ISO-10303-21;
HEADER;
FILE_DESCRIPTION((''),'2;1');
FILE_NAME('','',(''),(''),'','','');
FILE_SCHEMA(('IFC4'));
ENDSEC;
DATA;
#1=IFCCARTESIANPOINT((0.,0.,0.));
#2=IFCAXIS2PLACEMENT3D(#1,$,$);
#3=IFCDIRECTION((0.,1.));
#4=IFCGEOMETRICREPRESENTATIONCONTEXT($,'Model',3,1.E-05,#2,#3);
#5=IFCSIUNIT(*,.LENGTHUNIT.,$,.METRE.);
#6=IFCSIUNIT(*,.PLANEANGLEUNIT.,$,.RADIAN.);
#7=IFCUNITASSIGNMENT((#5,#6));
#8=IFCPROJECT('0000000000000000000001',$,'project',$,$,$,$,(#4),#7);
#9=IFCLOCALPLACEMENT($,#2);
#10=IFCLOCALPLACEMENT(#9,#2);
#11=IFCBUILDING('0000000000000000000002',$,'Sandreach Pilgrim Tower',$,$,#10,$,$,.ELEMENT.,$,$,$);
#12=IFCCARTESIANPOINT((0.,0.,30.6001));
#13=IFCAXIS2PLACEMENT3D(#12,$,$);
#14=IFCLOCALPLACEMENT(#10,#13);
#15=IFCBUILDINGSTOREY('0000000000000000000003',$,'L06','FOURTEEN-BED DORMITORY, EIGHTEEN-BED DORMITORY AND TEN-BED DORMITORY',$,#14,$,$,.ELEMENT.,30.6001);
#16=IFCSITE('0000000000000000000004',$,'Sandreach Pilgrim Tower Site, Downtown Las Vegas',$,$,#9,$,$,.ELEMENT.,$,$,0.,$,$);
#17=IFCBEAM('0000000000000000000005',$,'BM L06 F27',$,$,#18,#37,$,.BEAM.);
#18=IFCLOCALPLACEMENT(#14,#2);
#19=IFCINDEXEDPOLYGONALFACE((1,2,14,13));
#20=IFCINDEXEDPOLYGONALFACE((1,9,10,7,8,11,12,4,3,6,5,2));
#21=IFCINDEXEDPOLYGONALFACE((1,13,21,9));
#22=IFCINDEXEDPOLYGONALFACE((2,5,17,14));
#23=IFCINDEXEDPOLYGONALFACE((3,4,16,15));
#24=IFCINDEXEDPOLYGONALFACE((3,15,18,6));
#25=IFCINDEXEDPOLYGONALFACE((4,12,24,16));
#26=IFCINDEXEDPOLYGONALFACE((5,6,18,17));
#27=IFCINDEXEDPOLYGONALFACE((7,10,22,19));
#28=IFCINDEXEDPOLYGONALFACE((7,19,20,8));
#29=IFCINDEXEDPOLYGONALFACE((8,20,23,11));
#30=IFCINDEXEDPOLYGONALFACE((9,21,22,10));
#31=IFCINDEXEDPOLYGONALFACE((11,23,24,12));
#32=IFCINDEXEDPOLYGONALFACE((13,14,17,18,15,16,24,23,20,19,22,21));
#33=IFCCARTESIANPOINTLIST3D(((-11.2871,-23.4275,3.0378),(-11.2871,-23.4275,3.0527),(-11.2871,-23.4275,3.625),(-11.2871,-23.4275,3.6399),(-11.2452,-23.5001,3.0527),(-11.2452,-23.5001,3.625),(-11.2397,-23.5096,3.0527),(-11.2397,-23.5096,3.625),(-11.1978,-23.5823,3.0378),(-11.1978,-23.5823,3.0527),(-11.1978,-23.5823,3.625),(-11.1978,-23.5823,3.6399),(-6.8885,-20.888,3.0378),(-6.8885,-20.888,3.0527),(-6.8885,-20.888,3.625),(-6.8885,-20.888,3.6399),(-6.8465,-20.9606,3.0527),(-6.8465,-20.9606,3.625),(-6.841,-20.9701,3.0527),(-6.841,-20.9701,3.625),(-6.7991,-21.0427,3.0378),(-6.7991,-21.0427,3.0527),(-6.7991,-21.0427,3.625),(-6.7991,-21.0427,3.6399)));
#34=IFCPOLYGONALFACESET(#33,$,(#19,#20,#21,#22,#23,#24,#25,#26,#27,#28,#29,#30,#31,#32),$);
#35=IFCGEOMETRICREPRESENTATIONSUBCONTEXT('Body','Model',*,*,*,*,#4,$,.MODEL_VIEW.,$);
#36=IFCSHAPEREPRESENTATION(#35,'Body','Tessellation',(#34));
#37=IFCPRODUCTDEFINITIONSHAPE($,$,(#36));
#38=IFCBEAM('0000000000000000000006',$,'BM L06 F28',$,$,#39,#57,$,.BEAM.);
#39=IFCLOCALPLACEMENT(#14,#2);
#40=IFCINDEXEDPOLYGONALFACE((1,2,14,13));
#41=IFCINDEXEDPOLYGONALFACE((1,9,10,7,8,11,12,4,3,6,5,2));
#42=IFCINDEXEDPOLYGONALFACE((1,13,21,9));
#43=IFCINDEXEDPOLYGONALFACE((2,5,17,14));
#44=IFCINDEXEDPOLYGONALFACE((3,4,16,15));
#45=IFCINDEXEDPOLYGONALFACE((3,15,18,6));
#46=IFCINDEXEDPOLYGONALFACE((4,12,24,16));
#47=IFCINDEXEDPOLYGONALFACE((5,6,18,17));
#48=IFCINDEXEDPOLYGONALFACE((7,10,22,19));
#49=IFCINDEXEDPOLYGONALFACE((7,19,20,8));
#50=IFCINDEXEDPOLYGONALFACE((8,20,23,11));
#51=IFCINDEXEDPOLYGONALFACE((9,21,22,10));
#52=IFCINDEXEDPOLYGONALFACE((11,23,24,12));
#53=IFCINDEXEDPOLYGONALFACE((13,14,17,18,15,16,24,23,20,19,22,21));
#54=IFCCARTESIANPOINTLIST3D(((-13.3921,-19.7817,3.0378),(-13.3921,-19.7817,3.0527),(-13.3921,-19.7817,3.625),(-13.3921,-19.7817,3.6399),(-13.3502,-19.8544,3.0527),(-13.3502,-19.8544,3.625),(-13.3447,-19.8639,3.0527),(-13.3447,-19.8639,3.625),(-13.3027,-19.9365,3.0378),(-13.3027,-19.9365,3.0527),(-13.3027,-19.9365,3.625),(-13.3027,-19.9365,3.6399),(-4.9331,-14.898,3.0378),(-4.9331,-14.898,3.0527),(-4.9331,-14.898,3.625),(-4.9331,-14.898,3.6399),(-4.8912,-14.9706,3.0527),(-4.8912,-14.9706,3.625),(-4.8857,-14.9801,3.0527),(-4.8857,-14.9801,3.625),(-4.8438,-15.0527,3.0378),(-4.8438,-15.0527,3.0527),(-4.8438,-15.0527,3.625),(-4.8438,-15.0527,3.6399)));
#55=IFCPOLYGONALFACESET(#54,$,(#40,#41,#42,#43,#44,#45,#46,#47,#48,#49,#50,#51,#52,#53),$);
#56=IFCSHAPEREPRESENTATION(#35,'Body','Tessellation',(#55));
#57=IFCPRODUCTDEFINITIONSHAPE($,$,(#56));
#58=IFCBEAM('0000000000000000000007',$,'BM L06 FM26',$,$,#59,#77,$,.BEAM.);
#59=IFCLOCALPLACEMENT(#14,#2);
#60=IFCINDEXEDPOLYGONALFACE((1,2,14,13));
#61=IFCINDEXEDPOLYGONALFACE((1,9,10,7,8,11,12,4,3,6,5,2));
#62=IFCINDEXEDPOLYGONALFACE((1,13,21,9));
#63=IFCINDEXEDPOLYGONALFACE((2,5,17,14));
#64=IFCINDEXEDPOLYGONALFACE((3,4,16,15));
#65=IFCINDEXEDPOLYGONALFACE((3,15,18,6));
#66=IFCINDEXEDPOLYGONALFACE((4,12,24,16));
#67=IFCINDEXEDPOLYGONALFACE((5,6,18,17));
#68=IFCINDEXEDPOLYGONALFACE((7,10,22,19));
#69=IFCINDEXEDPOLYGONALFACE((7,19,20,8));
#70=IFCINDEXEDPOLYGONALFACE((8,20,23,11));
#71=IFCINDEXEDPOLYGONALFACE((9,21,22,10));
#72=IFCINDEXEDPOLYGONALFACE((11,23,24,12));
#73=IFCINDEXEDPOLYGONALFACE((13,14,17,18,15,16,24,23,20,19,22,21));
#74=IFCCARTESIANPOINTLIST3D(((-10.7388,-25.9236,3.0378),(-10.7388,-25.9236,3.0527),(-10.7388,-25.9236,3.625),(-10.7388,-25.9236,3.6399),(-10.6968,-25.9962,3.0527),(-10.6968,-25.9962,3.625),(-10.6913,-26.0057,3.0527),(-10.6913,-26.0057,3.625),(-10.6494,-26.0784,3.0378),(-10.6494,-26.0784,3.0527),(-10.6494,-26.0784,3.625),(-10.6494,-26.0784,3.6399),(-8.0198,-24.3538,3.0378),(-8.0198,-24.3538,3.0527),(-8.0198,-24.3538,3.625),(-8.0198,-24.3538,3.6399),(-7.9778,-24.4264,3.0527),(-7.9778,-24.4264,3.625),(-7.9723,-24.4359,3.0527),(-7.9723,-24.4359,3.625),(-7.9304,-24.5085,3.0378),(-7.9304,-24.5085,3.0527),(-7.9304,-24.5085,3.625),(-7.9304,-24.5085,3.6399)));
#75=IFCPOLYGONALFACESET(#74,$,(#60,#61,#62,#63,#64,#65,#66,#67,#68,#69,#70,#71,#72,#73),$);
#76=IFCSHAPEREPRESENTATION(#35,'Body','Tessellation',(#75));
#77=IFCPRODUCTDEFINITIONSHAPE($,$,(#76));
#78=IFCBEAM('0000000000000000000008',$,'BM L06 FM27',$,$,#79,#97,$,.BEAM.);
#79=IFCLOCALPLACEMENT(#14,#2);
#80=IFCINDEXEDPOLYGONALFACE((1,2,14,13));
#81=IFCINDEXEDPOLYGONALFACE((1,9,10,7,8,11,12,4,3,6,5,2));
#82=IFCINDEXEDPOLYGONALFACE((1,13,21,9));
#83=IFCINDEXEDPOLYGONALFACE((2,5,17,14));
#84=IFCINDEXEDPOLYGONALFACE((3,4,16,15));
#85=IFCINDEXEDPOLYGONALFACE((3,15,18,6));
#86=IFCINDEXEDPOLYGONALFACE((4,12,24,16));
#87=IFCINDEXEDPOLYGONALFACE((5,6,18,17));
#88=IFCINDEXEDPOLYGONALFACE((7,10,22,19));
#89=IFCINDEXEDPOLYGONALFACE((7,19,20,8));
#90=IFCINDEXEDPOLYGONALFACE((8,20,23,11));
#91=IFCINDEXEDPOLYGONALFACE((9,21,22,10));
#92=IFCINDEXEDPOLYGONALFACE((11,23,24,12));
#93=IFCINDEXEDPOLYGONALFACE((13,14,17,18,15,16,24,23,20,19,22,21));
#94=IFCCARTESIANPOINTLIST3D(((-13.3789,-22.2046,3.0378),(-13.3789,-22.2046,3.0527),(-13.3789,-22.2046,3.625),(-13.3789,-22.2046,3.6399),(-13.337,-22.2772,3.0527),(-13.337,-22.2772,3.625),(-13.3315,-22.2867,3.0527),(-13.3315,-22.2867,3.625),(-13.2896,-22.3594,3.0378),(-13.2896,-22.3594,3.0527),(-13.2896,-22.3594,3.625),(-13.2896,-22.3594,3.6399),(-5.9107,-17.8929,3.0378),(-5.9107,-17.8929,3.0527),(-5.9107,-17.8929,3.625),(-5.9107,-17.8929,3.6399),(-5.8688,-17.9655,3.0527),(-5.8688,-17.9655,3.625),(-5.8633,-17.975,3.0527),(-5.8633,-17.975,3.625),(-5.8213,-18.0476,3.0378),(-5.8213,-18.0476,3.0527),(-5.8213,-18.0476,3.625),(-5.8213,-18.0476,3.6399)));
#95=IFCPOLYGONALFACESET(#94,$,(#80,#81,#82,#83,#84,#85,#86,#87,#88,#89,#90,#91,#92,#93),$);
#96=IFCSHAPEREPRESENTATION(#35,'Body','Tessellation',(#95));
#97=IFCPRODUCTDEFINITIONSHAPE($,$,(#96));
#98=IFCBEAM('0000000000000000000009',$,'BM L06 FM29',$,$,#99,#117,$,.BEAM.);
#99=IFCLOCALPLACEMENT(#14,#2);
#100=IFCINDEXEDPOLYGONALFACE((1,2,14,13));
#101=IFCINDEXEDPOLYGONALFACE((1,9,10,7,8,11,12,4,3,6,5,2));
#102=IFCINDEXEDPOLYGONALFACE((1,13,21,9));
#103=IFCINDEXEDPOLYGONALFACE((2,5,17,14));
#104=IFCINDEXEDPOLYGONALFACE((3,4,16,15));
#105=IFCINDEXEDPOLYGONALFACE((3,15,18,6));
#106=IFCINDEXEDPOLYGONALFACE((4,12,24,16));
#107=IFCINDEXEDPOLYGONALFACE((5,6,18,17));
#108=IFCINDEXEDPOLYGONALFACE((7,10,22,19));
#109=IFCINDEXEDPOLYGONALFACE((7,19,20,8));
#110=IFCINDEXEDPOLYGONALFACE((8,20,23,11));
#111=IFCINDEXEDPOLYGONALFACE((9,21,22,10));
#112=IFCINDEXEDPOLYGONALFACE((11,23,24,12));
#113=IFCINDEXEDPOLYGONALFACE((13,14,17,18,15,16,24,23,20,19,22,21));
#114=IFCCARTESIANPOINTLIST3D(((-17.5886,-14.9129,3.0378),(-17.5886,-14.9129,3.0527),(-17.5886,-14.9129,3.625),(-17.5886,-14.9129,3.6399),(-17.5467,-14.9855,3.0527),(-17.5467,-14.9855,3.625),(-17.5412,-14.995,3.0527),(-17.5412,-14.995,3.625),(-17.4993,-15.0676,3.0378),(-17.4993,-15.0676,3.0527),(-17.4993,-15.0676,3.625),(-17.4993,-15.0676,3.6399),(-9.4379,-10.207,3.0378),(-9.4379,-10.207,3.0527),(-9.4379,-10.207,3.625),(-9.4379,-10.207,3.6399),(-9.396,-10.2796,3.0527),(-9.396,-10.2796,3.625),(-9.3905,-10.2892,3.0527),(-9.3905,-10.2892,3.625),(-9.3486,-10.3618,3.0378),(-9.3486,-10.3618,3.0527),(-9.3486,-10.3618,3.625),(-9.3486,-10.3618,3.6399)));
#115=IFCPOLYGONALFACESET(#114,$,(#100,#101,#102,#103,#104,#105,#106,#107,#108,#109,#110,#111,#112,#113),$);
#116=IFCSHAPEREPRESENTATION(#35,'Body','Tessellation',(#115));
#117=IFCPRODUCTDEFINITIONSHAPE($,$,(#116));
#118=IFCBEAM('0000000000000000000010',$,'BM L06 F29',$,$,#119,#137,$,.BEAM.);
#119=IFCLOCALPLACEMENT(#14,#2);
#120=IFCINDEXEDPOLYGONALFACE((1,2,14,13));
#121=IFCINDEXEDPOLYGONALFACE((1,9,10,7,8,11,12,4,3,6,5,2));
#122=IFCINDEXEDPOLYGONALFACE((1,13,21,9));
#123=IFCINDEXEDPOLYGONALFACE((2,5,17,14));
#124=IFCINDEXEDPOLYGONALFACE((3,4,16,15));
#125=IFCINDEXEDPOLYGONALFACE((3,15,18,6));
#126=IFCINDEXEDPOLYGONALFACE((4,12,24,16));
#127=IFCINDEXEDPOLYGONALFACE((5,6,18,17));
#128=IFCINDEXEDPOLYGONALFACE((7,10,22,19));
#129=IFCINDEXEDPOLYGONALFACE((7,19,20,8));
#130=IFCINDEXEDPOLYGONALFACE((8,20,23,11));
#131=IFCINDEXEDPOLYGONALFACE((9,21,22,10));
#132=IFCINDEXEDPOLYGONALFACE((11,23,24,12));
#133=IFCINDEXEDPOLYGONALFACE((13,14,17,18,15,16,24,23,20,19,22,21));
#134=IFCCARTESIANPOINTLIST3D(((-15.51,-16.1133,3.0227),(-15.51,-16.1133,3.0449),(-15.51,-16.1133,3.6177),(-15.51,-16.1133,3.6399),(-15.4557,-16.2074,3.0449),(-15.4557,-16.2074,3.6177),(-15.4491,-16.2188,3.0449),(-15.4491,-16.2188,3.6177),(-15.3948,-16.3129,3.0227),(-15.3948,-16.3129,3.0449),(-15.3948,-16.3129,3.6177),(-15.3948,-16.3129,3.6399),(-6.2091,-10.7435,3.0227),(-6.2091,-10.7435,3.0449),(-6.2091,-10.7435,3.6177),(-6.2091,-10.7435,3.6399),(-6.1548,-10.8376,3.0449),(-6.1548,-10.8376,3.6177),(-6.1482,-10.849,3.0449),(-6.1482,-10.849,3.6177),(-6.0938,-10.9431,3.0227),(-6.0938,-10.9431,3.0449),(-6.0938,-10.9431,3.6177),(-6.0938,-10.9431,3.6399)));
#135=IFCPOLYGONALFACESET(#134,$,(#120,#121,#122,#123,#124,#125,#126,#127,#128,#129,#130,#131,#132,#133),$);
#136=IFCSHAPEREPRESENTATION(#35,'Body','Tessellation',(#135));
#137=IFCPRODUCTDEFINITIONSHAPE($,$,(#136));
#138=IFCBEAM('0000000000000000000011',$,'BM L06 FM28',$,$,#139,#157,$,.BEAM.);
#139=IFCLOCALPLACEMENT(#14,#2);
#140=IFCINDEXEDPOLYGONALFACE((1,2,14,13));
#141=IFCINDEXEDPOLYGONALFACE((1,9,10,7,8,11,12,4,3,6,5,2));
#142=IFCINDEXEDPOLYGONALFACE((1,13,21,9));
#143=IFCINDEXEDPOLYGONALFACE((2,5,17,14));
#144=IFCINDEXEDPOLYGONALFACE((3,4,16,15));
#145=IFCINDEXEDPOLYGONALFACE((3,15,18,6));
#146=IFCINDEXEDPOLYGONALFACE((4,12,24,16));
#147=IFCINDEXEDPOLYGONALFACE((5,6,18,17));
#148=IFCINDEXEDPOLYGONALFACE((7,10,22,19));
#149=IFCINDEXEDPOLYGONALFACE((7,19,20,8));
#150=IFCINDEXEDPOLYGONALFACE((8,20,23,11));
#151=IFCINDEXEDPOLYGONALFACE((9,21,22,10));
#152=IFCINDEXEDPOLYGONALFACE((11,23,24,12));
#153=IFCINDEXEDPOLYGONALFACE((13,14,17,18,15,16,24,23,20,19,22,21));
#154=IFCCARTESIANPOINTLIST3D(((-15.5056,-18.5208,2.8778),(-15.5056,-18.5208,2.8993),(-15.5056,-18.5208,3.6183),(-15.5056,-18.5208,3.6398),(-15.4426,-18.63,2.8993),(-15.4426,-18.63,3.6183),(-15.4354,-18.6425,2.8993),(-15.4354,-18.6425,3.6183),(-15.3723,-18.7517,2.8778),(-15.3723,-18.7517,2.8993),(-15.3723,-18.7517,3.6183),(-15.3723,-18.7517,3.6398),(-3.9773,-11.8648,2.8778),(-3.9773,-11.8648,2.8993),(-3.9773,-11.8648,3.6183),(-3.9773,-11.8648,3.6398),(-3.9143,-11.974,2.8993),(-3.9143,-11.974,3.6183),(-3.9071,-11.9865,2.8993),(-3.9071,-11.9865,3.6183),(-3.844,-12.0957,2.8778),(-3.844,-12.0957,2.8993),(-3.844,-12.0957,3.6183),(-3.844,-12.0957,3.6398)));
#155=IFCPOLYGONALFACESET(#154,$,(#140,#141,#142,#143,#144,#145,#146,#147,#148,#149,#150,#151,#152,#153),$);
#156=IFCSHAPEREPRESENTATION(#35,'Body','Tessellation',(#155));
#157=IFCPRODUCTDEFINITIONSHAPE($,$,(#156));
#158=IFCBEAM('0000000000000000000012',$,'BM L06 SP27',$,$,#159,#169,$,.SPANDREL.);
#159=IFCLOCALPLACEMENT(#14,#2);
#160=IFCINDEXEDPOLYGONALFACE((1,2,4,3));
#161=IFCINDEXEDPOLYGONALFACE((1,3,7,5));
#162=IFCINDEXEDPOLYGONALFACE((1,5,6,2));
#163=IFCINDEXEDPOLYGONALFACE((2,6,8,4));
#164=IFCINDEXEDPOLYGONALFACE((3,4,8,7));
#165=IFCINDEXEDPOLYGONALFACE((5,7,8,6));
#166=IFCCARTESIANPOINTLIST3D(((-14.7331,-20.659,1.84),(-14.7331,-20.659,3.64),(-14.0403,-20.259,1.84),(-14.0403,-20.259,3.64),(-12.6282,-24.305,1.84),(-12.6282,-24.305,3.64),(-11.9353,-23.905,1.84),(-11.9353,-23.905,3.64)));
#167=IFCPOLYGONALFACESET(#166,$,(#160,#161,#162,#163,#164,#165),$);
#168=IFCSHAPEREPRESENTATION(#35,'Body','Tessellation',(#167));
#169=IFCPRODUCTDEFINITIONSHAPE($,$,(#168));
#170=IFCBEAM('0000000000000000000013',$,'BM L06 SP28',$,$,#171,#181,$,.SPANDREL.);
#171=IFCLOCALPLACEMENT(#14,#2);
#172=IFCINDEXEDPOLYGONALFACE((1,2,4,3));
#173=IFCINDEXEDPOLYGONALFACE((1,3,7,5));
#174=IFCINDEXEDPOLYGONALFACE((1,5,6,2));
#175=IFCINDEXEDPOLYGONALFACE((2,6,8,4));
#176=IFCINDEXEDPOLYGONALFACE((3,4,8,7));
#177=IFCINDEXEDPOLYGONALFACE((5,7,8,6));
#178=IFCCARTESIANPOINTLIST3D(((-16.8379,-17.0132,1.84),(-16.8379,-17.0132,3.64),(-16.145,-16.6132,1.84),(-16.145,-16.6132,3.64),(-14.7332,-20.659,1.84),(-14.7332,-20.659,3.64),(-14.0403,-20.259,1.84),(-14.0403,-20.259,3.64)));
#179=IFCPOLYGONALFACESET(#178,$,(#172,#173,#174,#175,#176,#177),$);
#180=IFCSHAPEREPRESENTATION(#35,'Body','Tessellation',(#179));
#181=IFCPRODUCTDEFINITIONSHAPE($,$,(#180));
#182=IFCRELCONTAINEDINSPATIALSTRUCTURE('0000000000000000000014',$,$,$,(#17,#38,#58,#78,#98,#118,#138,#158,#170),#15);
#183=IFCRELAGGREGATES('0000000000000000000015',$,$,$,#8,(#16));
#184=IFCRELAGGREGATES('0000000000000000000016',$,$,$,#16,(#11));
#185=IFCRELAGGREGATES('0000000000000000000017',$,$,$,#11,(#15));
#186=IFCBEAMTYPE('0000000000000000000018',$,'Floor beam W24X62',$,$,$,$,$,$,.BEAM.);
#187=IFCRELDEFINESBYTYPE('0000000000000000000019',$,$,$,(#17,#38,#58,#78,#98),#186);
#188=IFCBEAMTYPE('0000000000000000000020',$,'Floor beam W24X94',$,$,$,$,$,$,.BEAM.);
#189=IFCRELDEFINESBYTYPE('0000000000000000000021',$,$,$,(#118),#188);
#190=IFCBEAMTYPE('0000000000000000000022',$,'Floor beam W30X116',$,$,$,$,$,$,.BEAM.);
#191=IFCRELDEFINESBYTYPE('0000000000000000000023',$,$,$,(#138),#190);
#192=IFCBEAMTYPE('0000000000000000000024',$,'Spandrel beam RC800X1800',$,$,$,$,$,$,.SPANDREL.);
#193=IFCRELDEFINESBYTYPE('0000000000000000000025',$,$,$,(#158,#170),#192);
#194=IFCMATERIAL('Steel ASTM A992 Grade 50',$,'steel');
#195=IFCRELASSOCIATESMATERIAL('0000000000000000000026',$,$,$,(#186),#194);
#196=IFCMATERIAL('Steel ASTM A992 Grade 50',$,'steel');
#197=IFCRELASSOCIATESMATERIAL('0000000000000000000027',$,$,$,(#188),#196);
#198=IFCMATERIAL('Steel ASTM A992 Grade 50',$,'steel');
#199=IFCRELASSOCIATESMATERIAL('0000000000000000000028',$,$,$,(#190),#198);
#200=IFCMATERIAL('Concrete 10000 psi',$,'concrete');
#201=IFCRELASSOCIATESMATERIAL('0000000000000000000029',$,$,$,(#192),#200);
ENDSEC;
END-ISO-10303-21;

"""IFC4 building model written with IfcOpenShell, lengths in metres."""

from ifc_helpers import new_model, si_unit, direction, frame, origin, origin_2d, place, context, subcontext, project, spatial, rectangle, i_section, extrude, material, material_profile, profile_set, type_object, element, save


model = new_model("IFC4")

# Units and contexts
model_context = context("Model", 3, precision=1e-05, world=origin(), true_north=direction((0.0, 1.0)))
body_context = subcontext(model_context, "Body", "Model", "MODEL_VIEW")
ifc_project = project(units=[si_unit("LENGTHUNIT", "METRE"), si_unit("PLANEANGLEUNIT", "RADIAN")], contexts=[model_context])

# Site, building, storey
site_placement = place(None, origin())
site = spatial("IfcSite", under=ifc_project, at=site_placement, Name="Sandreach Pilgrim Tower Site, Downtown Las Vegas", CompositionType="ELEMENT", RefElevation=0.0)
building_placement = place(site_placement, origin())
building = spatial("IfcBuilding", under=site, at=building_placement, Name="Sandreach Pilgrim Tower", CompositionType="ELEMENT")
storey_placement = place(building_placement, frame((0.0, 0.0, 30.6001)))
storey = spatial("IfcBuildingStorey", under=building, at=storey_placement, Name="L06", Description="FOURTEEN-BED DORMITORY, EIGHTEEN-BED DORMITORY AND TEN-BED DORMITORY", CompositionType="ELEMENT", Elevation=30.6001)

# Beams
ifc_material_1 = material(Name="Steel ASTM A992 Grade 50", Category="steel")
ifc_material_profile_1 = material_profile(ifc_material_1, i_section(OverallWidth=0.1787, OverallDepth=0.6021, WebThickness=0.011, FlangeThickness=0.0149, at=origin_2d()), Name="W24X62")
ifc_profile_set_1 = profile_set([ifc_material_profile_1], Name="Steel ASTM A992 Grade 50")
beam_type_1 = type_object("IfcBeamType", Name="Floor beam W24X62", PredefinedType="BEAM", material=ifc_profile_set_1)
beam_1_placement = place(storey_placement, frame((-11.2424, -23.5049, 3.3389), z_axis=(0.866028, 0.499996, 0.0), x_axis=(-0.499996, 0.866028, 0.0)))
element("IfcBeam", 1, at=beam_1_placement, inside=storey, type_object=beam_type_1, Name="BM L06 F27", PredefinedType="BEAM", context=body_context, shape_type="SweptSolid", body=[
    extrude(i_section(OverallWidth=0.1787, OverallDepth=0.6021, WebThickness=0.011, FlangeThickness=0.0149, at=origin_2d()), origin(), (0.0, 0.0, 1.0), 5.0791),
])
beam_2_placement = place(storey_placement, frame((-13.3474, -19.8591, 3.3389), z_axis=(0.866026, 0.499999, 0.0), x_axis=(-0.499999, 0.866026, 0.0)))
element("IfcBeam", 2, at=beam_2_placement, inside=storey, type_object=beam_type_1, Name="BM L06 F28", PredefinedType="BEAM", context=body_context, shape_type="SweptSolid", body=[
    extrude(i_section(OverallWidth=0.1787, OverallDepth=0.6021, WebThickness=0.011, FlangeThickness=0.0149, at=origin_2d()), origin(), (0.0, 0.0, 1.0), 9.7676),
])
beam_3_placement = place(storey_placement, frame((-10.6941, -26.001, 3.3389), z_axis=(0.866024, 0.500003, 0.0), x_axis=(-0.500003, 0.866024, 0.0)))
element("IfcBeam", 3, at=beam_3_placement, inside=storey, type_object=beam_type_1, Name="BM L06 FM26", PredefinedType="BEAM", context=body_context, shape_type="SweptSolid", body=[
    extrude(i_section(OverallWidth=0.1787, OverallDepth=0.6021, WebThickness=0.011, FlangeThickness=0.0149, at=origin_2d()), origin(), (0.0, 0.0, 1.0), 3.1396),
])
beam_4_placement = place(storey_placement, frame((-13.3342, -22.282, 3.3389), z_axis=(0.866027, 0.499997, 0.0), x_axis=(-0.499997, 0.866027, 0.0)))
element("IfcBeam", 4, at=beam_4_placement, inside=storey, type_object=beam_type_1, Name="BM L06 FM27", PredefinedType="BEAM", context=body_context, shape_type="SweptSolid", body=[
    extrude(i_section(OverallWidth=0.1787, OverallDepth=0.6021, WebThickness=0.011, FlangeThickness=0.0149, at=origin_2d()), origin(), (0.0, 0.0, 1.0), 8.6235),
])
beam_5_placement = place(storey_placement, frame((-17.5439, -14.9902, 3.3389), z_axis=(0.866024, 0.500003, 0.0), x_axis=(-0.500003, 0.866024, 0.0)))
element("IfcBeam", 5, at=beam_5_placement, inside=storey, type_object=beam_type_1, Name="BM L06 FM29", PredefinedType="BEAM", context=body_context, shape_type="SweptSolid", body=[
    extrude(i_section(OverallWidth=0.1787, OverallDepth=0.6021, WebThickness=0.011, FlangeThickness=0.0149, at=origin_2d()), origin(), (0.0, 0.0, 1.0), 9.4116),
])
ifc_material_2 = material(Name="Steel ASTM A992 Grade 50", Category="steel")
ifc_material_profile_2 = material_profile(ifc_material_2, i_section(OverallWidth=0.2305, OverallDepth=0.6172, WebThickness=0.0132, FlangeThickness=0.0222, at=origin_2d()), Name="W24X94")
ifc_profile_set_2 = profile_set([ifc_material_profile_2], Name="Steel ASTM A992 Grade 50")
beam_type_2 = type_object("IfcBeamType", Name="Floor beam W24X94", PredefinedType="BEAM", material=ifc_profile_set_2)
beam_6_placement = place(storey_placement, frame((-15.4524, -16.2131, 3.3313), z_axis=(0.866028, 0.499995, 0.0), x_axis=(-0.499995, 0.866028, 0.0)))
element("IfcBeam", 6, at=beam_6_placement, inside=storey, type_object=beam_type_2, Name="BM L06 F29", PredefinedType="BEAM", context=body_context, shape_type="SweptSolid", body=[
    extrude(i_section(OverallWidth=0.2305, OverallDepth=0.6172, WebThickness=0.0132, FlangeThickness=0.0222, at=origin_2d()), origin(), (0.0, 0.0, 1.0), 10.7397),
])
ifc_material_3 = material(Name="Steel ASTM A992 Grade 50", Category="steel")
ifc_material_profile_3 = material_profile(ifc_material_3, i_section(OverallWidth=0.2666, OverallDepth=0.762, WebThickness=0.0144, FlangeThickness=0.0215, at=origin_2d()), Name="W30X116")
ifc_profile_set_3 = profile_set([ifc_material_profile_3], Name="Steel ASTM A992 Grade 50")
beam_type_3 = type_object("IfcBeamType", Name="Floor beam W30X116", PredefinedType="BEAM", material=ifc_profile_set_3)
beam_7_placement = place(storey_placement, frame((-15.439, -18.6362, 3.2588), z_axis=(0.866021, 0.500007, 0.0), x_axis=(-0.500007, 0.866021, 0.0)))
element("IfcBeam", 7, at=beam_7_placement, inside=storey, type_object=beam_type_3, Name="BM L06 FM28", PredefinedType="BEAM", context=body_context, shape_type="SweptSolid", body=[
    extrude(i_section(OverallWidth=0.2666, OverallDepth=0.762, WebThickness=0.0144, FlangeThickness=0.0215, at=origin_2d()), origin(), (0.0, 0.0, 1.0), 13.3118),
])
ifc_material_4 = material(Name="Concrete 10000 psi", Category="concrete")
ifc_material_profile_4 = material_profile(ifc_material_4, rectangle(XDim=0.8, YDim=1.8, at=origin_2d()), Name="RC800X1800")
ifc_profile_set_4 = profile_set([ifc_material_profile_4], Name="Concrete 10000 psi")
beam_type_4 = type_object("IfcBeamType", Name="Spandrel beam RC800X1800", PredefinedType="SPANDREL", material=ifc_profile_set_4)
beam_8_placement = place(storey_placement, frame((-12.2817, -24.105, 2.74), z_axis=(-0.499994, 0.866029, 0.0), x_axis=(-0.866029, -0.499994, 0.0)))
element("IfcBeam", 8, at=beam_8_placement, inside=storey, type_object=beam_type_4, Name="BM L06 SP27", PredefinedType="SPANDREL", context=body_context, shape_type="SweptSolid", body=[
    extrude(rectangle(XDim=0.8, YDim=1.8, at=origin_2d()), origin(), (0.0, 0.0, 1.0), 4.21),
])
beam_9_placement = place(storey_placement, frame((-14.3867, -20.459, 2.74), z_axis=(-0.499975, 0.86604, 0.0), x_axis=(-0.86604, -0.499975, 0.0)))
element("IfcBeam", 9, at=beam_9_placement, inside=storey, type_object=beam_type_4, Name="BM L06 SP28", PredefinedType="SPANDREL", context=body_context, shape_type="SweptSolid", body=[
    extrude(rectangle(XDim=0.8, YDim=1.8, at=origin_2d()), origin(), (0.0, 0.0, 1.0), 4.2097),
])

save(model, "model.ifc")
